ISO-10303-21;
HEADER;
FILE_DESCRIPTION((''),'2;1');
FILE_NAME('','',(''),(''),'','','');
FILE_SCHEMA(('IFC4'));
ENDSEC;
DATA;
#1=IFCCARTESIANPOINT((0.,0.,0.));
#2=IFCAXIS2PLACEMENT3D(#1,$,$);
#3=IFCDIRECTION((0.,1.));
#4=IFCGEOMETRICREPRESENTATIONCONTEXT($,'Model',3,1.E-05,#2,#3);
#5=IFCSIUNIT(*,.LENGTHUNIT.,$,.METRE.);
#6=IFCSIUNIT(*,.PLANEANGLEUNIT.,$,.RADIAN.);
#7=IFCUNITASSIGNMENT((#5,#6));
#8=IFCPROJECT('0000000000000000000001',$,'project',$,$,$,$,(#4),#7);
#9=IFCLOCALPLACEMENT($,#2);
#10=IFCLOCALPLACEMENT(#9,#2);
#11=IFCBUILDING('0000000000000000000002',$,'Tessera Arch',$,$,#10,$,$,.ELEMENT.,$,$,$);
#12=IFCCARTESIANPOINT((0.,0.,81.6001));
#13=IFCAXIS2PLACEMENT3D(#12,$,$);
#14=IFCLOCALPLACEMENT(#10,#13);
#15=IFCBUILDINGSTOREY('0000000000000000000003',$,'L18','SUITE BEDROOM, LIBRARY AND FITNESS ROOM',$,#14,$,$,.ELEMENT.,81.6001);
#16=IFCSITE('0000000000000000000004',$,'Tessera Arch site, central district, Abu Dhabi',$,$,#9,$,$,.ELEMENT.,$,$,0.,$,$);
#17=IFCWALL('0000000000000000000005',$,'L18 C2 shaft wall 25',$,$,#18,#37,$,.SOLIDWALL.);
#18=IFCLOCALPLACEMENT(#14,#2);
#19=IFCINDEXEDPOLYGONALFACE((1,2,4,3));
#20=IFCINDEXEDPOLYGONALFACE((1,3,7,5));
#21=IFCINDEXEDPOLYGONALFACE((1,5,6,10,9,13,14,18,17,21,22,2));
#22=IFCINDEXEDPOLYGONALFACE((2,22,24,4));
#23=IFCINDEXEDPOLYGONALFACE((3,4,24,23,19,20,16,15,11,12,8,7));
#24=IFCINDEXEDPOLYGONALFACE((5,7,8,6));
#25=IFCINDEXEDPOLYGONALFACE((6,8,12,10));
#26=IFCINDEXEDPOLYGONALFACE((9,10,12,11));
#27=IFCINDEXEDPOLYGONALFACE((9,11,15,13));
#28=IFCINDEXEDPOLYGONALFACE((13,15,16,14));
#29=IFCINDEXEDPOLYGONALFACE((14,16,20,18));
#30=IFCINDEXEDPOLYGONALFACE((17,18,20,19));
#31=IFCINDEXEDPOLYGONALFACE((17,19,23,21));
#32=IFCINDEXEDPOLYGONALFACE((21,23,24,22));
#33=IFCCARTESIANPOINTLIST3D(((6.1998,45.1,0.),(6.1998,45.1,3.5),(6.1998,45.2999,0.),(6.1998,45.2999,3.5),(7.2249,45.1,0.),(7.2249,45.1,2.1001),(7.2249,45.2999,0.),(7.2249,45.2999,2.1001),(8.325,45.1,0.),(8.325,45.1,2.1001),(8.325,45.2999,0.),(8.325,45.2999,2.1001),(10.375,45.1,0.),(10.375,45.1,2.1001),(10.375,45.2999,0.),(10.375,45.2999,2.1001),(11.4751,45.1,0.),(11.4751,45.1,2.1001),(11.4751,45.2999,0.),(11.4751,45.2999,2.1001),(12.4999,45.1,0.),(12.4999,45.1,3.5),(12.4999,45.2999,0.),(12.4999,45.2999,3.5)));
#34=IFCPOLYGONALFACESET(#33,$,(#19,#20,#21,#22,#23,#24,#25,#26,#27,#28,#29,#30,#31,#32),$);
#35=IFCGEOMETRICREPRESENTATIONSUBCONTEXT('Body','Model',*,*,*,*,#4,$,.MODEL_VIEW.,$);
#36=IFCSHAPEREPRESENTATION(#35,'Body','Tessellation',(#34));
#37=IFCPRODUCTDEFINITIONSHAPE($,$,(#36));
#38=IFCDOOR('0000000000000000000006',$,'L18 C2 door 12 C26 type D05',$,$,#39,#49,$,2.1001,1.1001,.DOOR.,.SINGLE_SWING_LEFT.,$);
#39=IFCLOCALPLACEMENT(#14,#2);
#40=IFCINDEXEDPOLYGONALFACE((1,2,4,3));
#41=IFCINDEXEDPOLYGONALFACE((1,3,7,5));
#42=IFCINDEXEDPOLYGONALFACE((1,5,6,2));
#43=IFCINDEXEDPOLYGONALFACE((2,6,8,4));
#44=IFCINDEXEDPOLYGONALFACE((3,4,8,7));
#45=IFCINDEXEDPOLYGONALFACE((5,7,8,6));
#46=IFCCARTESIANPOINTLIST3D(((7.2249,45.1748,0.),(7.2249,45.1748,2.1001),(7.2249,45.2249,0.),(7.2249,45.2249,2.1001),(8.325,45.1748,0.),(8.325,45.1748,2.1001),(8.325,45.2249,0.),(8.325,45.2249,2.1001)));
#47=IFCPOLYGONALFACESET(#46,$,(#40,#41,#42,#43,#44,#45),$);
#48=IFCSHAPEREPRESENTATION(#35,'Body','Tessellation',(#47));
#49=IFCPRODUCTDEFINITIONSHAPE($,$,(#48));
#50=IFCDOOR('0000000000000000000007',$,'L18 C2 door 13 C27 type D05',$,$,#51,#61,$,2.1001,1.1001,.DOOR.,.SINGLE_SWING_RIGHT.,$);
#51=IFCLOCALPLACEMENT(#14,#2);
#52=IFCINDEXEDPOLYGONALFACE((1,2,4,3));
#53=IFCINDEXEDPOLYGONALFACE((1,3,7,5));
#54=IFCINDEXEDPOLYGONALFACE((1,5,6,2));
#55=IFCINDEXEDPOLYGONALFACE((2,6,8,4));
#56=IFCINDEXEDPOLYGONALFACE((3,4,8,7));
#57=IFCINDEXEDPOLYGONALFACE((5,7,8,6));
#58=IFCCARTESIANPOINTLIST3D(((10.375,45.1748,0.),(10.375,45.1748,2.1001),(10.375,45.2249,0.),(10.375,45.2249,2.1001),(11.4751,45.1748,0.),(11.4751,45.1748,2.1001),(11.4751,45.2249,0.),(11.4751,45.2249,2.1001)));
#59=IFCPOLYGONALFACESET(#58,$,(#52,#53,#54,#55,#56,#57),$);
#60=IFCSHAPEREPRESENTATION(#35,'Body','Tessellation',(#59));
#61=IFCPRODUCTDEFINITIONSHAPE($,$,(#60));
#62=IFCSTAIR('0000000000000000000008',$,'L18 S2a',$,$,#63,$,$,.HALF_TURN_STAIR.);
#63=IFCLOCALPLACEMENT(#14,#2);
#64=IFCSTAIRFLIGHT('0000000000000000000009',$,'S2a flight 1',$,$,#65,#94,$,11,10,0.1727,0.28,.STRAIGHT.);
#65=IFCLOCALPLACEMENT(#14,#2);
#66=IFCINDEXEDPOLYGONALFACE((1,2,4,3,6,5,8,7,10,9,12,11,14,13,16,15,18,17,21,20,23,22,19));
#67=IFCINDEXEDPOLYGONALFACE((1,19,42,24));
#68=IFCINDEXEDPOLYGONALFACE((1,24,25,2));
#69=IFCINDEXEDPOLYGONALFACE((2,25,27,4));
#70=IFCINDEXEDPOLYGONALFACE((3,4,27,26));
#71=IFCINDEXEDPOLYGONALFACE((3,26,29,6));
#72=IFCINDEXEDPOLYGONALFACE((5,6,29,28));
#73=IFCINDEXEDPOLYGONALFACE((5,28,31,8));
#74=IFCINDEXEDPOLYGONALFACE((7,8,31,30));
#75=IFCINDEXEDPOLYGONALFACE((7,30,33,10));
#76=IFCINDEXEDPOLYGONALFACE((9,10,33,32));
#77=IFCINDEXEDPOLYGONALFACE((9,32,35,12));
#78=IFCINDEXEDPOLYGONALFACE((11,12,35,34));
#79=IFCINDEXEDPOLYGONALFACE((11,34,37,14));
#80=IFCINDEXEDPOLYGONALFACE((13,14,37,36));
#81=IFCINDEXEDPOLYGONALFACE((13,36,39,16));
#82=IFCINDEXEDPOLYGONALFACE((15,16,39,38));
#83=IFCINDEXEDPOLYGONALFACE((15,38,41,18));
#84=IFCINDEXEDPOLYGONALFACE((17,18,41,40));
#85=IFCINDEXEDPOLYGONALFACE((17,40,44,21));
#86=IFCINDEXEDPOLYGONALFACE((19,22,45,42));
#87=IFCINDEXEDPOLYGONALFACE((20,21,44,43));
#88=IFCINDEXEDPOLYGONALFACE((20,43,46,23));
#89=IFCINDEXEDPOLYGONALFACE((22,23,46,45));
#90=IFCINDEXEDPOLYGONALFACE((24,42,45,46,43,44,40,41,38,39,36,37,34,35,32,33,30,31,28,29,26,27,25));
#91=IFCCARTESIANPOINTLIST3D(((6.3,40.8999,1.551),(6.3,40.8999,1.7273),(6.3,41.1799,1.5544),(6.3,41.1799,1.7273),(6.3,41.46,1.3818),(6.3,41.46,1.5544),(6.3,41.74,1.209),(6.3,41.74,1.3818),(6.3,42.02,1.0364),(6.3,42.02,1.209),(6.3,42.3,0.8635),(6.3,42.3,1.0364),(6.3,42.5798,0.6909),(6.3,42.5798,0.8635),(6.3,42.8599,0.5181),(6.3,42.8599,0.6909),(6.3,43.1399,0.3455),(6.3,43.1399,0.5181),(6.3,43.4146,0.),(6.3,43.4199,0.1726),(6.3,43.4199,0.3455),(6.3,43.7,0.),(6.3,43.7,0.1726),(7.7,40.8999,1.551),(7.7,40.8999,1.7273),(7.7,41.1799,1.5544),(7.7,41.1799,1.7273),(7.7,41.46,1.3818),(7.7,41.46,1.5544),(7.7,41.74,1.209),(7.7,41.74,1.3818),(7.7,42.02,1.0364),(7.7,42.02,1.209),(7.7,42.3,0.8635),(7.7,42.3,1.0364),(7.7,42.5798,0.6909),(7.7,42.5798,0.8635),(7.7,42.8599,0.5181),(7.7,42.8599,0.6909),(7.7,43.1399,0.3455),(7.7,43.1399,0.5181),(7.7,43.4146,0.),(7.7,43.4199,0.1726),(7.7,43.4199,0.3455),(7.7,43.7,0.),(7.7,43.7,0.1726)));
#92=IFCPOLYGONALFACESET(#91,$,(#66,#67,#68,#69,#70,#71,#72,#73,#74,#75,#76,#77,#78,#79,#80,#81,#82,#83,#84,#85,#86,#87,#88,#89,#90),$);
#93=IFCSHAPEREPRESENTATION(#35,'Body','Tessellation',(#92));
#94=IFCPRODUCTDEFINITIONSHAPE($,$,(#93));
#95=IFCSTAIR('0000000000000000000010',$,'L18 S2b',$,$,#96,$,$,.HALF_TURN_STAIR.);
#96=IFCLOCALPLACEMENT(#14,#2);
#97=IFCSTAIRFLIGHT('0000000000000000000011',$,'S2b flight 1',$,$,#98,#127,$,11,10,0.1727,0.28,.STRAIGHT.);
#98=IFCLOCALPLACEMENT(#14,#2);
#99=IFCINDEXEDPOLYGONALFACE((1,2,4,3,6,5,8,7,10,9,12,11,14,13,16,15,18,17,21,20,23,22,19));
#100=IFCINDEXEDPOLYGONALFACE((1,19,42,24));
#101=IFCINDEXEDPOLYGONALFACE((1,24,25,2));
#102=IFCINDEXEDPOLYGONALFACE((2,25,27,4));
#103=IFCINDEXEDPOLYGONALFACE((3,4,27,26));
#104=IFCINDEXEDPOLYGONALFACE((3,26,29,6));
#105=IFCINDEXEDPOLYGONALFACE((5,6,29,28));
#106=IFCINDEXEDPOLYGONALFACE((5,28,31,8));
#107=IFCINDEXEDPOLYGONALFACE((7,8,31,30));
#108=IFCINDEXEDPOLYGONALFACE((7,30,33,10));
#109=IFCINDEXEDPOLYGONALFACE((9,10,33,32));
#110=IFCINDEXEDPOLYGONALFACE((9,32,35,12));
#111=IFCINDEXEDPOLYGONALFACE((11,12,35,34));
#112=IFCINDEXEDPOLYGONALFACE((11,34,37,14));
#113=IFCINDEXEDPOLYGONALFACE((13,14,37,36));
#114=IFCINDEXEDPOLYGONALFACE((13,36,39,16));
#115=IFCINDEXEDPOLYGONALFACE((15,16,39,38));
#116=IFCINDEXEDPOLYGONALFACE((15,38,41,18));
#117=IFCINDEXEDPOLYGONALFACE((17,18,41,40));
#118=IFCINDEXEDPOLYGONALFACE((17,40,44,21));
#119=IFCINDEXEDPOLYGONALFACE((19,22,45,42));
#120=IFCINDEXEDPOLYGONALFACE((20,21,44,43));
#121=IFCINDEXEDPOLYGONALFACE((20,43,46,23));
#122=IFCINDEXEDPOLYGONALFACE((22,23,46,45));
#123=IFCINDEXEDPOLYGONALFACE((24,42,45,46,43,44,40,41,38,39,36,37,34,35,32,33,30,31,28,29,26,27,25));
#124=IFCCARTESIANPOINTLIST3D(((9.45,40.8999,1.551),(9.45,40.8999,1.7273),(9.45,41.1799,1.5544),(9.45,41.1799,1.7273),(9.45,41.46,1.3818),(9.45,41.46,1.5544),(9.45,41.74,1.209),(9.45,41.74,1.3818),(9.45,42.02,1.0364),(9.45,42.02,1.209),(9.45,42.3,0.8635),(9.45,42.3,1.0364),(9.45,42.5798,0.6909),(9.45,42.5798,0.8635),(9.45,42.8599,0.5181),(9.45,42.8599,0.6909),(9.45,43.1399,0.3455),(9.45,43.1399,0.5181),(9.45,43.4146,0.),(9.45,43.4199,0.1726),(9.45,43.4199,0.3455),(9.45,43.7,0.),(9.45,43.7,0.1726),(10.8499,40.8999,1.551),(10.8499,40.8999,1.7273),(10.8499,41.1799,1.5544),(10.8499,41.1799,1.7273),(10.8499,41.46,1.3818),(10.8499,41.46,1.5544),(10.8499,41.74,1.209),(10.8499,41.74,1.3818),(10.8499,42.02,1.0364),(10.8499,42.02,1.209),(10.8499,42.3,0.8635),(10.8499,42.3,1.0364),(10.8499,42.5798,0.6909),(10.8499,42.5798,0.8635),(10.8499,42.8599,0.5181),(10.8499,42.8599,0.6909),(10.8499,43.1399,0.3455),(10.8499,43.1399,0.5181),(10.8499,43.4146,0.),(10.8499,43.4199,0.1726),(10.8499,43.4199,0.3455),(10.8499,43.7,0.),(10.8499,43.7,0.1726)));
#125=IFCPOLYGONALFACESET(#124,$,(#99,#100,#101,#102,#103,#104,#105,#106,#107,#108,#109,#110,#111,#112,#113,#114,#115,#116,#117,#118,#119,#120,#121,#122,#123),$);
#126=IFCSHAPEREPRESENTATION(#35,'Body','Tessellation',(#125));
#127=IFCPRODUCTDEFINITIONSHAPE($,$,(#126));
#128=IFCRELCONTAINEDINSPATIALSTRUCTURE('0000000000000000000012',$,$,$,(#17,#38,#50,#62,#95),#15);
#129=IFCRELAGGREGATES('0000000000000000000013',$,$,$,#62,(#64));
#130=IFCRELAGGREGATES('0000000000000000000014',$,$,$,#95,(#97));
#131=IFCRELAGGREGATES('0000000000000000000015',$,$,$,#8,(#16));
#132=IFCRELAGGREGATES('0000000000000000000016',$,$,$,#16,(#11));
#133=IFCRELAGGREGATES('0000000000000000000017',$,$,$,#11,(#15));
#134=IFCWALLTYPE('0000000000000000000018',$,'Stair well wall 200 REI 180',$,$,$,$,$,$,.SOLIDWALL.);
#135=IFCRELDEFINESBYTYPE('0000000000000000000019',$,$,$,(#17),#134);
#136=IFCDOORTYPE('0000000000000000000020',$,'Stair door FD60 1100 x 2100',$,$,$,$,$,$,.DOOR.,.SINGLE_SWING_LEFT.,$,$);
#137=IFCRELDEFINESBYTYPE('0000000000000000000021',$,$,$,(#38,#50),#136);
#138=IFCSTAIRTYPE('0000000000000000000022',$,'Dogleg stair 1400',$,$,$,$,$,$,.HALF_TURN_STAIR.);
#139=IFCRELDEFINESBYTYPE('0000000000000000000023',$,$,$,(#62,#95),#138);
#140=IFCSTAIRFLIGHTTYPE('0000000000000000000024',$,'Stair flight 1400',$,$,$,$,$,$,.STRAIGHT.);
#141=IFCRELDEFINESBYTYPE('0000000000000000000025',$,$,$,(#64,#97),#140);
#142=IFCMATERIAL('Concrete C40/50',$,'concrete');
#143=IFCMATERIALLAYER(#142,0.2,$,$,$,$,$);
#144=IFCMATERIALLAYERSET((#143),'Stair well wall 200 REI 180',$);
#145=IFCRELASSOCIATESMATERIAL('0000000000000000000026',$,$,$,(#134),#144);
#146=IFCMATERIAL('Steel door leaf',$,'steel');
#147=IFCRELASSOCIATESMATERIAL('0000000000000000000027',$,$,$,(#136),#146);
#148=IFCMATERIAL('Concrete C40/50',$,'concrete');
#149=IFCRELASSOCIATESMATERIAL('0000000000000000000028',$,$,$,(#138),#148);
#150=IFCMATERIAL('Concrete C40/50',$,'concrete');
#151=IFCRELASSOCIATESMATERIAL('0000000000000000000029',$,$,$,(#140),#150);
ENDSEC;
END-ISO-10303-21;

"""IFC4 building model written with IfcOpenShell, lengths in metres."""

from ifc_helpers import new_model, si_unit, direction, frame, frame_2d, origin, place, context, subcontext, project, spatial, polyline, rectangle, outline, extrude, material, layer, layer_set, type_object, element, fill, aggregate, save


model = new_model("IFC4")

# Units and contexts
model_context = context("Model", 3, precision=1e-05, world=origin(), true_north=direction((0.0, 1.0)))
body_context = subcontext(model_context, "Body", "Model", "MODEL_VIEW")
ifc_project = project(units=[si_unit("LENGTHUNIT", "METRE"), si_unit("PLANEANGLEUNIT", "RADIAN")], contexts=[model_context])

# Site, building, storey
site_placement = place(None, origin())
site = spatial("IfcSite", under=ifc_project, at=site_placement, Name="Tessera Arch site, central district, Abu Dhabi", CompositionType="ELEMENT", RefElevation=0.0)
building_placement = place(site_placement, origin())
building = spatial("IfcBuilding", under=site, at=building_placement, Name="Tessera Arch", CompositionType="ELEMENT")
storey_placement = place(building_placement, frame((0.0, 0.0, 81.6001)))
storey = spatial("IfcBuildingStorey", under=building, at=storey_placement, Name="L18", Description="SUITE BEDROOM, LIBRARY AND FITNESS ROOM", CompositionType="ELEMENT", Elevation=81.6001)

# Wall, openings, doors
ifc_material_1 = material(Name="Concrete C40/50", Category="concrete")
ifc_layer_1 = layer(ifc_material_1, 0.2)
ifc_layer_set_1 = layer_set([ifc_layer_1], Name="Stair well wall 200 REI 180")
wall_type_1 = type_object("IfcWallType", Name="Stair well wall 200 REI 180", PredefinedType="SOLIDWALL", material=ifc_layer_set_1)
wall_1_placement = place(storey_placement, frame((6.2, 45.2, 0.0), z_axis=(0.0, 0.0, 1.0), x_axis=(1.0, 0.0, 0.0)))
wall_1 = element("IfcWall", 1, at=wall_1_placement, inside=storey, type_object=wall_type_1, Name="L18 C2 shaft wall 25", PredefinedType="SOLIDWALL", context=body_context, shape_type="SweptSolid", body=[
    extrude(rectangle(XDim=6.3, YDim=0.2, at=frame_2d((3.1499, 0.0))), origin(), (0.0, 0.0, 1.0), 3.5),
])
opening_1_placement = place(wall_1_placement, frame((1.0249, 0.0, 0.0)))
opening_1 = element("IfcOpeningElement", 2, at=opening_1_placement, cuts=wall_1, PredefinedType="OPENING", context=body_context, shape_type="SweptSolid", body=[
    extrude(rectangle(XDim=1.1001, YDim=2.1001, at=frame_2d((0.55, 1.05))), frame((0.0, 0.1099, 0.0), z_axis=(0.0, -1.0, 0.0), x_axis=(1.0, 0.0, 0.0)), (0.0, 0.0, 1.0), 0.22),
])
opening_2_placement = place(wall_1_placement, frame((4.175, 0.0, 0.0)))
opening_2 = element("IfcOpeningElement", 3, at=opening_2_placement, cuts=wall_1, PredefinedType="OPENING", context=body_context, shape_type="SweptSolid", body=[
    extrude(rectangle(XDim=1.1001, YDim=2.1001, at=frame_2d((0.55, 1.05))), frame((0.0, 0.1099, 0.0), z_axis=(0.0, -1.0, 0.0), x_axis=(1.0, 0.0, 0.0)), (0.0, 0.0, 1.0), 0.22),
])
ifc_material_2 = material(Name="Steel door leaf", Category="steel")
door_type_1 = type_object("IfcDoorType", Name="Stair door FD60 1100 x 2100", OperationType="SINGLE_SWING_LEFT", PredefinedType="DOOR", material=ifc_material_2)
door_1_placement = place(opening_1_placement, origin())
door_1 = element("IfcDoor", 4, at=door_1_placement, inside=storey, type_object=door_type_1, Name="L18 C2 door 12 C26 type D05", OperationType="SINGLE_SWING_LEFT", OverallHeight=2.1001, OverallWidth=1.1001, PredefinedType="DOOR", context=body_context, shape_type="SweptSolid", body=[
    extrude(rectangle(XDim=1.1001, YDim=2.1001, at=frame_2d((0.55, 1.05))), frame((0.0, 0.0249, 0.0), z_axis=(0.0, -1.0, 0.0), x_axis=(1.0, 0.0, 0.0)), (0.0, 0.0, 1.0), 0.05),
])
fill(opening_1, door_1)
door_2_placement = place(opening_2_placement, origin())
door_2 = element("IfcDoor", 5, at=door_2_placement, inside=storey, type_object=door_type_1, Name="L18 C2 door 13 C27 type D05", OperationType="SINGLE_SWING_RIGHT", OverallHeight=2.1001, OverallWidth=1.1001, PredefinedType="DOOR", context=body_context, shape_type="SweptSolid", body=[
    extrude(rectangle(XDim=1.1001, YDim=2.1001, at=frame_2d((0.55, 1.05))), frame((0.0, 0.0249, 0.0), z_axis=(0.0, -1.0, 0.0), x_axis=(1.0, 0.0, 0.0)), (0.0, 0.0, 1.0), 0.05),
])
fill(opening_2, door_2)

# Stairs, stair flights
ifc_material_3 = material(Name="Concrete C40/50", Category="concrete")
stair_type = type_object("IfcStairType", Name="Dogleg stair 1400", PredefinedType="HALF_TURN_STAIR", material=ifc_material_3)
stair_1_placement = place(storey_placement, origin())
stair_1 = element("IfcStair", 6, at=stair_1_placement, inside=storey, type_object=stair_type, Name="L18 S2a", PredefinedType="HALF_TURN_STAIR")
ifc_material_4 = material(Name="Concrete C40/50", Category="concrete")
stair_flight_type = type_object("IfcStairFlightType", Name="Stair flight 1400", PredefinedType="STRAIGHT", material=ifc_material_4)
stair_flight_1_placement = place(storey_placement, frame((7.0, 43.7, 0.0), z_axis=(0.0, 0.0, 1.0), x_axis=(0.0, -1.0, 0.0)))
stair_flight_1 = element("IfcStairFlight", 7, at=stair_flight_1_placement, type_object=stair_flight_type, Name="S2a flight 1", NumberOfRisers=11, NumberOfTreads=10, PredefinedType="STRAIGHT", RiserHeight=0.1727, TreadLength=0.28, context=body_context, shape_type="SweptSolid", body=[
    extrude(outline(polyline([(0.0, 0.0), (0.0, 0.1726), (0.28, 0.1726), (0.28, 0.3455), (0.5601, 0.3455), (0.5601, 0.5181), (0.8401, 0.5181), (0.8401, 0.6909), (1.1201, 0.6909), (1.1201, 0.8635), (1.3999, 0.8635), (1.3999, 1.0364), (1.6799, 1.0364), (1.6799, 1.209), (1.96, 1.209), (1.96, 1.3818), (2.24, 1.3818), (2.24, 1.5544), (2.52, 1.5544), (2.52, 1.7273), (2.8, 1.7273), (2.8, 1.8999), (2.8, 1.551), (0.2854, 0.0), (0.0, 0.0)])), frame((0.0, 0.7, 0.0), z_axis=(0.0, -1.0, 0.0), x_axis=(1.0, 0.0, 0.0)), (0.0, 0.0, 1.0), 1.3999),
])
aggregate(stair_1, [stair_flight_1])
stair_2_placement = place(storey_placement, origin())
stair_2 = element("IfcStair", 8, at=stair_2_placement, inside=storey, type_object=stair_type, Name="L18 S2b", PredefinedType="HALF_TURN_STAIR")
stair_flight_2_placement = place(storey_placement, frame((10.1499, 43.7, 0.0), z_axis=(0.0, 0.0, 1.0), x_axis=(0.0, -1.0, 0.0)))
stair_flight_2 = element("IfcStairFlight", 9, at=stair_flight_2_placement, type_object=stair_flight_type, Name="S2b flight 1", NumberOfRisers=11, NumberOfTreads=10, PredefinedType="STRAIGHT", RiserHeight=0.1727, TreadLength=0.28, context=body_context, shape_type="SweptSolid", body=[
    extrude(outline(polyline([(0.0, 0.0), (0.0, 0.1726), (0.28, 0.1726), (0.28, 0.3455), (0.5601, 0.3455), (0.5601, 0.5181), (0.8401, 0.5181), (0.8401, 0.6909), (1.1201, 0.6909), (1.1201, 0.8635), (1.3999, 0.8635), (1.3999, 1.0364), (1.6799, 1.0364), (1.6799, 1.209), (1.96, 1.209), (1.96, 1.3818), (2.24, 1.3818), (2.24, 1.5544), (2.52, 1.5544), (2.52, 1.7273), (2.8, 1.7273), (2.8, 1.8999), (2.8, 1.551), (0.2854, 0.0), (0.0, 0.0)])), frame((0.0, 0.7, 0.0), z_axis=(0.0, -1.0, 0.0), x_axis=(1.0, 0.0, 0.0)), (0.0, 0.0, 1.0), 1.3999),
])
aggregate(stair_2, [stair_flight_2])

save(model, "model.ifc")
